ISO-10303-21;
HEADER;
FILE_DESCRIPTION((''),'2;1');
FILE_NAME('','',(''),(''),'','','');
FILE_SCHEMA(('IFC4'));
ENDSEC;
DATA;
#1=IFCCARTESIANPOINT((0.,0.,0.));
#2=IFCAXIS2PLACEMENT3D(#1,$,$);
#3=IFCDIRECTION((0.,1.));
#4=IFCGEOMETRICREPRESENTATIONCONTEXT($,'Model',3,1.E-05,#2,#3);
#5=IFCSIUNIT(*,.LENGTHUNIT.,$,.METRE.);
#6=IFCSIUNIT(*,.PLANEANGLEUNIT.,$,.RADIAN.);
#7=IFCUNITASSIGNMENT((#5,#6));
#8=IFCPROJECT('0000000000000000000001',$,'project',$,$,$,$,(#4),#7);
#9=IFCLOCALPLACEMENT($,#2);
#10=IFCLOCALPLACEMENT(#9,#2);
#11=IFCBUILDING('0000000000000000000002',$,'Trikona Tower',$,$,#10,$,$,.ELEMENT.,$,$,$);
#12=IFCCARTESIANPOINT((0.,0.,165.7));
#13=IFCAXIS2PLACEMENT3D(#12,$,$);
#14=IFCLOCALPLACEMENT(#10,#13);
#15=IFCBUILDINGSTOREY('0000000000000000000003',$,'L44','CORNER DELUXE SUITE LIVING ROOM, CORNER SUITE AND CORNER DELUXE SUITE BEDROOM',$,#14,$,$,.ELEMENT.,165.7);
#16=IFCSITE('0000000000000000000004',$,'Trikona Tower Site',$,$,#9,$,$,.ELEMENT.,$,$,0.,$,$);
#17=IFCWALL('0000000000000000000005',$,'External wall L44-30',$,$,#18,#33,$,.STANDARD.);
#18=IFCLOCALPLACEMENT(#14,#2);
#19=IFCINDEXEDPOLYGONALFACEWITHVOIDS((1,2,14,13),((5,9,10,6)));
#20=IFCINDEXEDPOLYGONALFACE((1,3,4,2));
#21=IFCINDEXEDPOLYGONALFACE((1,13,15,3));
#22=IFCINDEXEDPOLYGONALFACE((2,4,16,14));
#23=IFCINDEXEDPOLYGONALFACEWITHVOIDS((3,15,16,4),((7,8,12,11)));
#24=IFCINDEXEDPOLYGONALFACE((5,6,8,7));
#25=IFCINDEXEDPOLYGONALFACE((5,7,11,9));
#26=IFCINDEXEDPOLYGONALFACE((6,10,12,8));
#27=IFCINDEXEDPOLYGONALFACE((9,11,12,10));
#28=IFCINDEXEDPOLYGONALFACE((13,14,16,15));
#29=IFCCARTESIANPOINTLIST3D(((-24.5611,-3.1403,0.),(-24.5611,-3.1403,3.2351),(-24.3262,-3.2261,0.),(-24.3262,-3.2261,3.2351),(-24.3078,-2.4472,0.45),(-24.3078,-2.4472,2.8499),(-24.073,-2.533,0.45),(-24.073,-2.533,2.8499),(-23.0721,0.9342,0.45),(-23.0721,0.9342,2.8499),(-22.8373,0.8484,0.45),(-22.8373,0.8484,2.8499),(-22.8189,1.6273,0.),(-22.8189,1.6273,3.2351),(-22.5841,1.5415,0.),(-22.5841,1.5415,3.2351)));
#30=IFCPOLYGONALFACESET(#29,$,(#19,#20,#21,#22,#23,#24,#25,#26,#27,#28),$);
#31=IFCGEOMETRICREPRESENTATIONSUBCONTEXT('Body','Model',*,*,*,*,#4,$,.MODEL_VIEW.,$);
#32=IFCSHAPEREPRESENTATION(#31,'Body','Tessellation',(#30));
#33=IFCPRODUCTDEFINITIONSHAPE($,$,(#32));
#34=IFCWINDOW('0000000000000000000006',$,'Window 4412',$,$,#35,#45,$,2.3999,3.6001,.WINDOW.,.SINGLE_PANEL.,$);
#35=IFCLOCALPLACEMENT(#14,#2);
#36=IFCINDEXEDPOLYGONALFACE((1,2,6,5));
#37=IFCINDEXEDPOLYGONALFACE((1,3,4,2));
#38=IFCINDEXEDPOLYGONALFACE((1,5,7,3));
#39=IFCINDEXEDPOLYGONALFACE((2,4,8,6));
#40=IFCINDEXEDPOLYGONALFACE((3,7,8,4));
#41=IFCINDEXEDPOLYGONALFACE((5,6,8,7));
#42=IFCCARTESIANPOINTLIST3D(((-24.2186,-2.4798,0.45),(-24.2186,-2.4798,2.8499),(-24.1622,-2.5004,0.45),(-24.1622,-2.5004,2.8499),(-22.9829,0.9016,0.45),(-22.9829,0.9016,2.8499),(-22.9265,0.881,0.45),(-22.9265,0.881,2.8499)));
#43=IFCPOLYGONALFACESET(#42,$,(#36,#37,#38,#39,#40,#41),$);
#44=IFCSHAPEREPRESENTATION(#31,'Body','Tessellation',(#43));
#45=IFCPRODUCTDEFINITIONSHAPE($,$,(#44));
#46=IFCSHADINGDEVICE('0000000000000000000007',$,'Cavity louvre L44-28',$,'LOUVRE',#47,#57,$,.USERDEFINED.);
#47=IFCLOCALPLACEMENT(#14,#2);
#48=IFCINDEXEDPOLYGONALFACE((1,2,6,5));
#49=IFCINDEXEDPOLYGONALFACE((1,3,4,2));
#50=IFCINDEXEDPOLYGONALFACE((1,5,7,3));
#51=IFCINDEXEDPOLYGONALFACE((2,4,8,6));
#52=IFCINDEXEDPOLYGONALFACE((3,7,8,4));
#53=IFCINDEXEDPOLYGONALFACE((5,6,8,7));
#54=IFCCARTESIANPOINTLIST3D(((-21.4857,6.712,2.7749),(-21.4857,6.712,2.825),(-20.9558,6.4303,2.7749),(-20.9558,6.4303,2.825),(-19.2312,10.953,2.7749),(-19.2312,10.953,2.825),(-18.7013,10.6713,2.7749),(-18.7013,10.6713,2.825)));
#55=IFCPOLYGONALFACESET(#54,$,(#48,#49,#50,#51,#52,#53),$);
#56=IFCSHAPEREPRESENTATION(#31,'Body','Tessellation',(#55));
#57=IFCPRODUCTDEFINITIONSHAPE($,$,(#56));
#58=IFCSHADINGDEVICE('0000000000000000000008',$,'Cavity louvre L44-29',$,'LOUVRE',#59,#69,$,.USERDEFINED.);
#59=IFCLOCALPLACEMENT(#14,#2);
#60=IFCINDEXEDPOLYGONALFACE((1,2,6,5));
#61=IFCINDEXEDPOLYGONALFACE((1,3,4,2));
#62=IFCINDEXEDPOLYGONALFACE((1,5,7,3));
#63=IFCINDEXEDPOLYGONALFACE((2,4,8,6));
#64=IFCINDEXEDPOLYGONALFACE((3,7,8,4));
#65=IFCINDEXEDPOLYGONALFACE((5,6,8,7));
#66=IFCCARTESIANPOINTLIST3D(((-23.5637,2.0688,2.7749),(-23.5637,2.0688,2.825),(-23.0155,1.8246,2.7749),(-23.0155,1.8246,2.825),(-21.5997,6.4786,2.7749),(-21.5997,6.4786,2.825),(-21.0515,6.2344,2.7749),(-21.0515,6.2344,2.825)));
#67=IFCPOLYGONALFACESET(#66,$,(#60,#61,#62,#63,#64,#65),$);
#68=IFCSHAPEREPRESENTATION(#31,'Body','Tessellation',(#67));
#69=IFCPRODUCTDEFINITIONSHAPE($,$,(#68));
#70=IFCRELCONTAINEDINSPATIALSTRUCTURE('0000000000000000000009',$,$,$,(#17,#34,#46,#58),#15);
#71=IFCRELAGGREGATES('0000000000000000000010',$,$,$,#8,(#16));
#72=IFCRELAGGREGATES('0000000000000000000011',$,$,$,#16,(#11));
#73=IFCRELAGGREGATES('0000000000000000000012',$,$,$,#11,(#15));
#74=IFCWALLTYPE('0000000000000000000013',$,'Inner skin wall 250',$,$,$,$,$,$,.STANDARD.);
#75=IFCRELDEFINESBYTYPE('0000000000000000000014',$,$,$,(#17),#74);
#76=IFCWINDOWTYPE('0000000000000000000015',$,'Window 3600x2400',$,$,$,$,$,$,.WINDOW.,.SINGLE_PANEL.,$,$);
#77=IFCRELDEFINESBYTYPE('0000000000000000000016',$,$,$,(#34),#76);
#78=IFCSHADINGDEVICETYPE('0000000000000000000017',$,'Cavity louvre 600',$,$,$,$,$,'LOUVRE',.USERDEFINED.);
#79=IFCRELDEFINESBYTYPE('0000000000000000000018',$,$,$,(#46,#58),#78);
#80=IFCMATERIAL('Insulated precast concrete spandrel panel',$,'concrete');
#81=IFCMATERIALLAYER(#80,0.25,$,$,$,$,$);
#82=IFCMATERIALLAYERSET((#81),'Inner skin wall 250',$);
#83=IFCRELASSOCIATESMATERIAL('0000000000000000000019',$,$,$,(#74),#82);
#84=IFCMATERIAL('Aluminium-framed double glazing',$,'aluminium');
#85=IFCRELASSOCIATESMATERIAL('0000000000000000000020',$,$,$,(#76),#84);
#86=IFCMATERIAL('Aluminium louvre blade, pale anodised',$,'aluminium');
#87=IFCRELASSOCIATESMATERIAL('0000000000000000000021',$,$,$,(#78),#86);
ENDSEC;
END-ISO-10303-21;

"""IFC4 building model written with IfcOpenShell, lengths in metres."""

from ifc_helpers import new_model, si_unit, direction, frame, frame_2d, origin, origin_2d, place, context, subcontext, project, spatial, rectangle, extrude, material, layer, layer_set, type_object, element, fill, save


model = new_model("IFC4")

# Units and contexts
model_context = context("Model", 3, precision=1e-05, world=origin(), true_north=direction((0.0, 1.0)))
body_context = subcontext(model_context, "Body", "Model", "MODEL_VIEW")
ifc_project = project(units=[si_unit("LENGTHUNIT", "METRE"), si_unit("PLANEANGLEUNIT", "RADIAN")], contexts=[model_context])

# Site, building, storey
site_placement = place(None, origin())
site = spatial("IfcSite", under=ifc_project, at=site_placement, Name="Trikona Tower Site", CompositionType="ELEMENT", RefElevation=0.0)
building_placement = place(site_placement, origin())
building = spatial("IfcBuilding", under=site, at=building_placement, Name="Trikona Tower", CompositionType="ELEMENT")
storey_placement = place(building_placement, frame((0.0, 0.0, 165.7)))
storey = spatial("IfcBuildingStorey", under=building, at=storey_placement, Name="L44", Description="CORNER DELUXE SUITE LIVING ROOM, CORNER SUITE AND CORNER DELUXE SUITE BEDROOM", CompositionType="ELEMENT", Elevation=165.7)

# Wall, opening, window
ifc_material_1 = material(Name="Insulated precast concrete spandrel panel", Category="concrete")
ifc_layer_1 = layer(ifc_material_1, 0.25)
ifc_layer_set_1 = layer_set([ifc_layer_1], Name="Inner skin wall 250")
wall_type = type_object("IfcWallType", Name="Inner skin wall 250", PredefinedType="STANDARD", material=ifc_layer_set_1)
wall_1_placement = place(storey_placement, frame((-22.7014, 1.5845, 0.0), z_axis=(0.0, 0.0, 1.0), x_axis=(-0.343226, -0.939253, 0.0)))
wall_1 = element("IfcWall", 1, at=wall_1_placement, inside=storey, type_object=wall_type, Name="External wall L44-30", PredefinedType="STANDARD", context=body_context, shape_type="SweptSolid", body=[
    extrude(rectangle(XDim=5.0759, YDim=0.25, at=frame_2d((2.5381, 0.0))), origin(), (0.0, 0.0, 1.0), 3.2351),
])
opening_1_placement = place(wall_1_placement, frame((0.738, 0.0, 0.45)))
opening_1 = element("IfcOpeningElement", 2, at=opening_1_placement, cuts=wall_1, PredefinedType="OPENING", context=body_context, shape_type="SweptSolid", body=[
    extrude(rectangle(XDim=3.6001, YDim=2.3999, at=frame_2d((1.8, 1.2))), frame((0.0, 0.135, 0.0), z_axis=(0.0, -1.0, 0.0), x_axis=(1.0, 0.0, 0.0)), (0.0, 0.0, 1.0), 0.27),
])
ifc_material_2 = material(Name="Aluminium-framed double glazing", Category="aluminium")
window_type_1 = type_object("IfcWindowType", Name="Window 3600x2400", PartitioningType="SINGLE_PANEL", PredefinedType="WINDOW", material=ifc_material_2)
window_1_placement = place(opening_1_placement, origin())
window_1 = element("IfcWindow", 3, at=window_1_placement, inside=storey, type_object=window_type_1, Name="Window 4412", OverallHeight=2.3999, OverallWidth=3.6001, PartitioningType="SINGLE_PANEL", PredefinedType="WINDOW", context=body_context, shape_type="SweptSolid", body=[
    extrude(rectangle(XDim=3.6001, YDim=2.3999, at=frame_2d((1.8, 1.2))), frame((0.0, 0.03, 0.0), z_axis=(0.0, -1.0, 0.0), x_axis=(1.0, 0.0, 0.0)), (0.0, 0.0, 1.0), 0.0601),
])
fill(opening_1, window_1)

# Shading devices
ifc_material_3 = material(Name="Aluminium louvre blade, pale anodised", Category="aluminium")
shading_device_type = type_object("IfcShadingDeviceType", Name="Cavity louvre 600", ElementType="LOUVRE", PredefinedType="USERDEFINED", material=ifc_material_3)
shading_device_1_placement = place(storey_placement, frame((-20.0935, 8.6917, 2.7749), z_axis=(0.0, 0.0, 1.0), x_axis=(-0.469398, -0.882987, 0.0)))
element("IfcShadingDevice", 4, at=shading_device_1_placement, inside=storey, type_object=shading_device_type, Name="Cavity louvre L44-28", ObjectType="LOUVRE", PredefinedType="USERDEFINED", context=body_context, shape_type="SweptSolid", body=[
    extrude(rectangle(XDim=4.803, YDim=0.6001, at=origin_2d()), origin(), (0.0, 0.0, 1.0), 0.05),
])
shading_device_2_placement = place(storey_placement, frame((-22.3076, 4.1516, 2.7749), z_axis=(0.0, 0.0, 1.0), x_axis=(-0.406843, -0.913498, 0.0)))
element("IfcShadingDevice", 5, at=shading_device_2_placement, inside=storey, type_object=shading_device_type, Name="Cavity louvre L44-29", ObjectType="LOUVRE", PredefinedType="USERDEFINED", context=body_context, shape_type="SweptSolid", body=[
    extrude(rectangle(XDim=4.8274, YDim=0.6001, at=origin_2d()), origin(), (0.0, 0.0, 1.0), 0.05),
])

save(model, "model.ifc")
